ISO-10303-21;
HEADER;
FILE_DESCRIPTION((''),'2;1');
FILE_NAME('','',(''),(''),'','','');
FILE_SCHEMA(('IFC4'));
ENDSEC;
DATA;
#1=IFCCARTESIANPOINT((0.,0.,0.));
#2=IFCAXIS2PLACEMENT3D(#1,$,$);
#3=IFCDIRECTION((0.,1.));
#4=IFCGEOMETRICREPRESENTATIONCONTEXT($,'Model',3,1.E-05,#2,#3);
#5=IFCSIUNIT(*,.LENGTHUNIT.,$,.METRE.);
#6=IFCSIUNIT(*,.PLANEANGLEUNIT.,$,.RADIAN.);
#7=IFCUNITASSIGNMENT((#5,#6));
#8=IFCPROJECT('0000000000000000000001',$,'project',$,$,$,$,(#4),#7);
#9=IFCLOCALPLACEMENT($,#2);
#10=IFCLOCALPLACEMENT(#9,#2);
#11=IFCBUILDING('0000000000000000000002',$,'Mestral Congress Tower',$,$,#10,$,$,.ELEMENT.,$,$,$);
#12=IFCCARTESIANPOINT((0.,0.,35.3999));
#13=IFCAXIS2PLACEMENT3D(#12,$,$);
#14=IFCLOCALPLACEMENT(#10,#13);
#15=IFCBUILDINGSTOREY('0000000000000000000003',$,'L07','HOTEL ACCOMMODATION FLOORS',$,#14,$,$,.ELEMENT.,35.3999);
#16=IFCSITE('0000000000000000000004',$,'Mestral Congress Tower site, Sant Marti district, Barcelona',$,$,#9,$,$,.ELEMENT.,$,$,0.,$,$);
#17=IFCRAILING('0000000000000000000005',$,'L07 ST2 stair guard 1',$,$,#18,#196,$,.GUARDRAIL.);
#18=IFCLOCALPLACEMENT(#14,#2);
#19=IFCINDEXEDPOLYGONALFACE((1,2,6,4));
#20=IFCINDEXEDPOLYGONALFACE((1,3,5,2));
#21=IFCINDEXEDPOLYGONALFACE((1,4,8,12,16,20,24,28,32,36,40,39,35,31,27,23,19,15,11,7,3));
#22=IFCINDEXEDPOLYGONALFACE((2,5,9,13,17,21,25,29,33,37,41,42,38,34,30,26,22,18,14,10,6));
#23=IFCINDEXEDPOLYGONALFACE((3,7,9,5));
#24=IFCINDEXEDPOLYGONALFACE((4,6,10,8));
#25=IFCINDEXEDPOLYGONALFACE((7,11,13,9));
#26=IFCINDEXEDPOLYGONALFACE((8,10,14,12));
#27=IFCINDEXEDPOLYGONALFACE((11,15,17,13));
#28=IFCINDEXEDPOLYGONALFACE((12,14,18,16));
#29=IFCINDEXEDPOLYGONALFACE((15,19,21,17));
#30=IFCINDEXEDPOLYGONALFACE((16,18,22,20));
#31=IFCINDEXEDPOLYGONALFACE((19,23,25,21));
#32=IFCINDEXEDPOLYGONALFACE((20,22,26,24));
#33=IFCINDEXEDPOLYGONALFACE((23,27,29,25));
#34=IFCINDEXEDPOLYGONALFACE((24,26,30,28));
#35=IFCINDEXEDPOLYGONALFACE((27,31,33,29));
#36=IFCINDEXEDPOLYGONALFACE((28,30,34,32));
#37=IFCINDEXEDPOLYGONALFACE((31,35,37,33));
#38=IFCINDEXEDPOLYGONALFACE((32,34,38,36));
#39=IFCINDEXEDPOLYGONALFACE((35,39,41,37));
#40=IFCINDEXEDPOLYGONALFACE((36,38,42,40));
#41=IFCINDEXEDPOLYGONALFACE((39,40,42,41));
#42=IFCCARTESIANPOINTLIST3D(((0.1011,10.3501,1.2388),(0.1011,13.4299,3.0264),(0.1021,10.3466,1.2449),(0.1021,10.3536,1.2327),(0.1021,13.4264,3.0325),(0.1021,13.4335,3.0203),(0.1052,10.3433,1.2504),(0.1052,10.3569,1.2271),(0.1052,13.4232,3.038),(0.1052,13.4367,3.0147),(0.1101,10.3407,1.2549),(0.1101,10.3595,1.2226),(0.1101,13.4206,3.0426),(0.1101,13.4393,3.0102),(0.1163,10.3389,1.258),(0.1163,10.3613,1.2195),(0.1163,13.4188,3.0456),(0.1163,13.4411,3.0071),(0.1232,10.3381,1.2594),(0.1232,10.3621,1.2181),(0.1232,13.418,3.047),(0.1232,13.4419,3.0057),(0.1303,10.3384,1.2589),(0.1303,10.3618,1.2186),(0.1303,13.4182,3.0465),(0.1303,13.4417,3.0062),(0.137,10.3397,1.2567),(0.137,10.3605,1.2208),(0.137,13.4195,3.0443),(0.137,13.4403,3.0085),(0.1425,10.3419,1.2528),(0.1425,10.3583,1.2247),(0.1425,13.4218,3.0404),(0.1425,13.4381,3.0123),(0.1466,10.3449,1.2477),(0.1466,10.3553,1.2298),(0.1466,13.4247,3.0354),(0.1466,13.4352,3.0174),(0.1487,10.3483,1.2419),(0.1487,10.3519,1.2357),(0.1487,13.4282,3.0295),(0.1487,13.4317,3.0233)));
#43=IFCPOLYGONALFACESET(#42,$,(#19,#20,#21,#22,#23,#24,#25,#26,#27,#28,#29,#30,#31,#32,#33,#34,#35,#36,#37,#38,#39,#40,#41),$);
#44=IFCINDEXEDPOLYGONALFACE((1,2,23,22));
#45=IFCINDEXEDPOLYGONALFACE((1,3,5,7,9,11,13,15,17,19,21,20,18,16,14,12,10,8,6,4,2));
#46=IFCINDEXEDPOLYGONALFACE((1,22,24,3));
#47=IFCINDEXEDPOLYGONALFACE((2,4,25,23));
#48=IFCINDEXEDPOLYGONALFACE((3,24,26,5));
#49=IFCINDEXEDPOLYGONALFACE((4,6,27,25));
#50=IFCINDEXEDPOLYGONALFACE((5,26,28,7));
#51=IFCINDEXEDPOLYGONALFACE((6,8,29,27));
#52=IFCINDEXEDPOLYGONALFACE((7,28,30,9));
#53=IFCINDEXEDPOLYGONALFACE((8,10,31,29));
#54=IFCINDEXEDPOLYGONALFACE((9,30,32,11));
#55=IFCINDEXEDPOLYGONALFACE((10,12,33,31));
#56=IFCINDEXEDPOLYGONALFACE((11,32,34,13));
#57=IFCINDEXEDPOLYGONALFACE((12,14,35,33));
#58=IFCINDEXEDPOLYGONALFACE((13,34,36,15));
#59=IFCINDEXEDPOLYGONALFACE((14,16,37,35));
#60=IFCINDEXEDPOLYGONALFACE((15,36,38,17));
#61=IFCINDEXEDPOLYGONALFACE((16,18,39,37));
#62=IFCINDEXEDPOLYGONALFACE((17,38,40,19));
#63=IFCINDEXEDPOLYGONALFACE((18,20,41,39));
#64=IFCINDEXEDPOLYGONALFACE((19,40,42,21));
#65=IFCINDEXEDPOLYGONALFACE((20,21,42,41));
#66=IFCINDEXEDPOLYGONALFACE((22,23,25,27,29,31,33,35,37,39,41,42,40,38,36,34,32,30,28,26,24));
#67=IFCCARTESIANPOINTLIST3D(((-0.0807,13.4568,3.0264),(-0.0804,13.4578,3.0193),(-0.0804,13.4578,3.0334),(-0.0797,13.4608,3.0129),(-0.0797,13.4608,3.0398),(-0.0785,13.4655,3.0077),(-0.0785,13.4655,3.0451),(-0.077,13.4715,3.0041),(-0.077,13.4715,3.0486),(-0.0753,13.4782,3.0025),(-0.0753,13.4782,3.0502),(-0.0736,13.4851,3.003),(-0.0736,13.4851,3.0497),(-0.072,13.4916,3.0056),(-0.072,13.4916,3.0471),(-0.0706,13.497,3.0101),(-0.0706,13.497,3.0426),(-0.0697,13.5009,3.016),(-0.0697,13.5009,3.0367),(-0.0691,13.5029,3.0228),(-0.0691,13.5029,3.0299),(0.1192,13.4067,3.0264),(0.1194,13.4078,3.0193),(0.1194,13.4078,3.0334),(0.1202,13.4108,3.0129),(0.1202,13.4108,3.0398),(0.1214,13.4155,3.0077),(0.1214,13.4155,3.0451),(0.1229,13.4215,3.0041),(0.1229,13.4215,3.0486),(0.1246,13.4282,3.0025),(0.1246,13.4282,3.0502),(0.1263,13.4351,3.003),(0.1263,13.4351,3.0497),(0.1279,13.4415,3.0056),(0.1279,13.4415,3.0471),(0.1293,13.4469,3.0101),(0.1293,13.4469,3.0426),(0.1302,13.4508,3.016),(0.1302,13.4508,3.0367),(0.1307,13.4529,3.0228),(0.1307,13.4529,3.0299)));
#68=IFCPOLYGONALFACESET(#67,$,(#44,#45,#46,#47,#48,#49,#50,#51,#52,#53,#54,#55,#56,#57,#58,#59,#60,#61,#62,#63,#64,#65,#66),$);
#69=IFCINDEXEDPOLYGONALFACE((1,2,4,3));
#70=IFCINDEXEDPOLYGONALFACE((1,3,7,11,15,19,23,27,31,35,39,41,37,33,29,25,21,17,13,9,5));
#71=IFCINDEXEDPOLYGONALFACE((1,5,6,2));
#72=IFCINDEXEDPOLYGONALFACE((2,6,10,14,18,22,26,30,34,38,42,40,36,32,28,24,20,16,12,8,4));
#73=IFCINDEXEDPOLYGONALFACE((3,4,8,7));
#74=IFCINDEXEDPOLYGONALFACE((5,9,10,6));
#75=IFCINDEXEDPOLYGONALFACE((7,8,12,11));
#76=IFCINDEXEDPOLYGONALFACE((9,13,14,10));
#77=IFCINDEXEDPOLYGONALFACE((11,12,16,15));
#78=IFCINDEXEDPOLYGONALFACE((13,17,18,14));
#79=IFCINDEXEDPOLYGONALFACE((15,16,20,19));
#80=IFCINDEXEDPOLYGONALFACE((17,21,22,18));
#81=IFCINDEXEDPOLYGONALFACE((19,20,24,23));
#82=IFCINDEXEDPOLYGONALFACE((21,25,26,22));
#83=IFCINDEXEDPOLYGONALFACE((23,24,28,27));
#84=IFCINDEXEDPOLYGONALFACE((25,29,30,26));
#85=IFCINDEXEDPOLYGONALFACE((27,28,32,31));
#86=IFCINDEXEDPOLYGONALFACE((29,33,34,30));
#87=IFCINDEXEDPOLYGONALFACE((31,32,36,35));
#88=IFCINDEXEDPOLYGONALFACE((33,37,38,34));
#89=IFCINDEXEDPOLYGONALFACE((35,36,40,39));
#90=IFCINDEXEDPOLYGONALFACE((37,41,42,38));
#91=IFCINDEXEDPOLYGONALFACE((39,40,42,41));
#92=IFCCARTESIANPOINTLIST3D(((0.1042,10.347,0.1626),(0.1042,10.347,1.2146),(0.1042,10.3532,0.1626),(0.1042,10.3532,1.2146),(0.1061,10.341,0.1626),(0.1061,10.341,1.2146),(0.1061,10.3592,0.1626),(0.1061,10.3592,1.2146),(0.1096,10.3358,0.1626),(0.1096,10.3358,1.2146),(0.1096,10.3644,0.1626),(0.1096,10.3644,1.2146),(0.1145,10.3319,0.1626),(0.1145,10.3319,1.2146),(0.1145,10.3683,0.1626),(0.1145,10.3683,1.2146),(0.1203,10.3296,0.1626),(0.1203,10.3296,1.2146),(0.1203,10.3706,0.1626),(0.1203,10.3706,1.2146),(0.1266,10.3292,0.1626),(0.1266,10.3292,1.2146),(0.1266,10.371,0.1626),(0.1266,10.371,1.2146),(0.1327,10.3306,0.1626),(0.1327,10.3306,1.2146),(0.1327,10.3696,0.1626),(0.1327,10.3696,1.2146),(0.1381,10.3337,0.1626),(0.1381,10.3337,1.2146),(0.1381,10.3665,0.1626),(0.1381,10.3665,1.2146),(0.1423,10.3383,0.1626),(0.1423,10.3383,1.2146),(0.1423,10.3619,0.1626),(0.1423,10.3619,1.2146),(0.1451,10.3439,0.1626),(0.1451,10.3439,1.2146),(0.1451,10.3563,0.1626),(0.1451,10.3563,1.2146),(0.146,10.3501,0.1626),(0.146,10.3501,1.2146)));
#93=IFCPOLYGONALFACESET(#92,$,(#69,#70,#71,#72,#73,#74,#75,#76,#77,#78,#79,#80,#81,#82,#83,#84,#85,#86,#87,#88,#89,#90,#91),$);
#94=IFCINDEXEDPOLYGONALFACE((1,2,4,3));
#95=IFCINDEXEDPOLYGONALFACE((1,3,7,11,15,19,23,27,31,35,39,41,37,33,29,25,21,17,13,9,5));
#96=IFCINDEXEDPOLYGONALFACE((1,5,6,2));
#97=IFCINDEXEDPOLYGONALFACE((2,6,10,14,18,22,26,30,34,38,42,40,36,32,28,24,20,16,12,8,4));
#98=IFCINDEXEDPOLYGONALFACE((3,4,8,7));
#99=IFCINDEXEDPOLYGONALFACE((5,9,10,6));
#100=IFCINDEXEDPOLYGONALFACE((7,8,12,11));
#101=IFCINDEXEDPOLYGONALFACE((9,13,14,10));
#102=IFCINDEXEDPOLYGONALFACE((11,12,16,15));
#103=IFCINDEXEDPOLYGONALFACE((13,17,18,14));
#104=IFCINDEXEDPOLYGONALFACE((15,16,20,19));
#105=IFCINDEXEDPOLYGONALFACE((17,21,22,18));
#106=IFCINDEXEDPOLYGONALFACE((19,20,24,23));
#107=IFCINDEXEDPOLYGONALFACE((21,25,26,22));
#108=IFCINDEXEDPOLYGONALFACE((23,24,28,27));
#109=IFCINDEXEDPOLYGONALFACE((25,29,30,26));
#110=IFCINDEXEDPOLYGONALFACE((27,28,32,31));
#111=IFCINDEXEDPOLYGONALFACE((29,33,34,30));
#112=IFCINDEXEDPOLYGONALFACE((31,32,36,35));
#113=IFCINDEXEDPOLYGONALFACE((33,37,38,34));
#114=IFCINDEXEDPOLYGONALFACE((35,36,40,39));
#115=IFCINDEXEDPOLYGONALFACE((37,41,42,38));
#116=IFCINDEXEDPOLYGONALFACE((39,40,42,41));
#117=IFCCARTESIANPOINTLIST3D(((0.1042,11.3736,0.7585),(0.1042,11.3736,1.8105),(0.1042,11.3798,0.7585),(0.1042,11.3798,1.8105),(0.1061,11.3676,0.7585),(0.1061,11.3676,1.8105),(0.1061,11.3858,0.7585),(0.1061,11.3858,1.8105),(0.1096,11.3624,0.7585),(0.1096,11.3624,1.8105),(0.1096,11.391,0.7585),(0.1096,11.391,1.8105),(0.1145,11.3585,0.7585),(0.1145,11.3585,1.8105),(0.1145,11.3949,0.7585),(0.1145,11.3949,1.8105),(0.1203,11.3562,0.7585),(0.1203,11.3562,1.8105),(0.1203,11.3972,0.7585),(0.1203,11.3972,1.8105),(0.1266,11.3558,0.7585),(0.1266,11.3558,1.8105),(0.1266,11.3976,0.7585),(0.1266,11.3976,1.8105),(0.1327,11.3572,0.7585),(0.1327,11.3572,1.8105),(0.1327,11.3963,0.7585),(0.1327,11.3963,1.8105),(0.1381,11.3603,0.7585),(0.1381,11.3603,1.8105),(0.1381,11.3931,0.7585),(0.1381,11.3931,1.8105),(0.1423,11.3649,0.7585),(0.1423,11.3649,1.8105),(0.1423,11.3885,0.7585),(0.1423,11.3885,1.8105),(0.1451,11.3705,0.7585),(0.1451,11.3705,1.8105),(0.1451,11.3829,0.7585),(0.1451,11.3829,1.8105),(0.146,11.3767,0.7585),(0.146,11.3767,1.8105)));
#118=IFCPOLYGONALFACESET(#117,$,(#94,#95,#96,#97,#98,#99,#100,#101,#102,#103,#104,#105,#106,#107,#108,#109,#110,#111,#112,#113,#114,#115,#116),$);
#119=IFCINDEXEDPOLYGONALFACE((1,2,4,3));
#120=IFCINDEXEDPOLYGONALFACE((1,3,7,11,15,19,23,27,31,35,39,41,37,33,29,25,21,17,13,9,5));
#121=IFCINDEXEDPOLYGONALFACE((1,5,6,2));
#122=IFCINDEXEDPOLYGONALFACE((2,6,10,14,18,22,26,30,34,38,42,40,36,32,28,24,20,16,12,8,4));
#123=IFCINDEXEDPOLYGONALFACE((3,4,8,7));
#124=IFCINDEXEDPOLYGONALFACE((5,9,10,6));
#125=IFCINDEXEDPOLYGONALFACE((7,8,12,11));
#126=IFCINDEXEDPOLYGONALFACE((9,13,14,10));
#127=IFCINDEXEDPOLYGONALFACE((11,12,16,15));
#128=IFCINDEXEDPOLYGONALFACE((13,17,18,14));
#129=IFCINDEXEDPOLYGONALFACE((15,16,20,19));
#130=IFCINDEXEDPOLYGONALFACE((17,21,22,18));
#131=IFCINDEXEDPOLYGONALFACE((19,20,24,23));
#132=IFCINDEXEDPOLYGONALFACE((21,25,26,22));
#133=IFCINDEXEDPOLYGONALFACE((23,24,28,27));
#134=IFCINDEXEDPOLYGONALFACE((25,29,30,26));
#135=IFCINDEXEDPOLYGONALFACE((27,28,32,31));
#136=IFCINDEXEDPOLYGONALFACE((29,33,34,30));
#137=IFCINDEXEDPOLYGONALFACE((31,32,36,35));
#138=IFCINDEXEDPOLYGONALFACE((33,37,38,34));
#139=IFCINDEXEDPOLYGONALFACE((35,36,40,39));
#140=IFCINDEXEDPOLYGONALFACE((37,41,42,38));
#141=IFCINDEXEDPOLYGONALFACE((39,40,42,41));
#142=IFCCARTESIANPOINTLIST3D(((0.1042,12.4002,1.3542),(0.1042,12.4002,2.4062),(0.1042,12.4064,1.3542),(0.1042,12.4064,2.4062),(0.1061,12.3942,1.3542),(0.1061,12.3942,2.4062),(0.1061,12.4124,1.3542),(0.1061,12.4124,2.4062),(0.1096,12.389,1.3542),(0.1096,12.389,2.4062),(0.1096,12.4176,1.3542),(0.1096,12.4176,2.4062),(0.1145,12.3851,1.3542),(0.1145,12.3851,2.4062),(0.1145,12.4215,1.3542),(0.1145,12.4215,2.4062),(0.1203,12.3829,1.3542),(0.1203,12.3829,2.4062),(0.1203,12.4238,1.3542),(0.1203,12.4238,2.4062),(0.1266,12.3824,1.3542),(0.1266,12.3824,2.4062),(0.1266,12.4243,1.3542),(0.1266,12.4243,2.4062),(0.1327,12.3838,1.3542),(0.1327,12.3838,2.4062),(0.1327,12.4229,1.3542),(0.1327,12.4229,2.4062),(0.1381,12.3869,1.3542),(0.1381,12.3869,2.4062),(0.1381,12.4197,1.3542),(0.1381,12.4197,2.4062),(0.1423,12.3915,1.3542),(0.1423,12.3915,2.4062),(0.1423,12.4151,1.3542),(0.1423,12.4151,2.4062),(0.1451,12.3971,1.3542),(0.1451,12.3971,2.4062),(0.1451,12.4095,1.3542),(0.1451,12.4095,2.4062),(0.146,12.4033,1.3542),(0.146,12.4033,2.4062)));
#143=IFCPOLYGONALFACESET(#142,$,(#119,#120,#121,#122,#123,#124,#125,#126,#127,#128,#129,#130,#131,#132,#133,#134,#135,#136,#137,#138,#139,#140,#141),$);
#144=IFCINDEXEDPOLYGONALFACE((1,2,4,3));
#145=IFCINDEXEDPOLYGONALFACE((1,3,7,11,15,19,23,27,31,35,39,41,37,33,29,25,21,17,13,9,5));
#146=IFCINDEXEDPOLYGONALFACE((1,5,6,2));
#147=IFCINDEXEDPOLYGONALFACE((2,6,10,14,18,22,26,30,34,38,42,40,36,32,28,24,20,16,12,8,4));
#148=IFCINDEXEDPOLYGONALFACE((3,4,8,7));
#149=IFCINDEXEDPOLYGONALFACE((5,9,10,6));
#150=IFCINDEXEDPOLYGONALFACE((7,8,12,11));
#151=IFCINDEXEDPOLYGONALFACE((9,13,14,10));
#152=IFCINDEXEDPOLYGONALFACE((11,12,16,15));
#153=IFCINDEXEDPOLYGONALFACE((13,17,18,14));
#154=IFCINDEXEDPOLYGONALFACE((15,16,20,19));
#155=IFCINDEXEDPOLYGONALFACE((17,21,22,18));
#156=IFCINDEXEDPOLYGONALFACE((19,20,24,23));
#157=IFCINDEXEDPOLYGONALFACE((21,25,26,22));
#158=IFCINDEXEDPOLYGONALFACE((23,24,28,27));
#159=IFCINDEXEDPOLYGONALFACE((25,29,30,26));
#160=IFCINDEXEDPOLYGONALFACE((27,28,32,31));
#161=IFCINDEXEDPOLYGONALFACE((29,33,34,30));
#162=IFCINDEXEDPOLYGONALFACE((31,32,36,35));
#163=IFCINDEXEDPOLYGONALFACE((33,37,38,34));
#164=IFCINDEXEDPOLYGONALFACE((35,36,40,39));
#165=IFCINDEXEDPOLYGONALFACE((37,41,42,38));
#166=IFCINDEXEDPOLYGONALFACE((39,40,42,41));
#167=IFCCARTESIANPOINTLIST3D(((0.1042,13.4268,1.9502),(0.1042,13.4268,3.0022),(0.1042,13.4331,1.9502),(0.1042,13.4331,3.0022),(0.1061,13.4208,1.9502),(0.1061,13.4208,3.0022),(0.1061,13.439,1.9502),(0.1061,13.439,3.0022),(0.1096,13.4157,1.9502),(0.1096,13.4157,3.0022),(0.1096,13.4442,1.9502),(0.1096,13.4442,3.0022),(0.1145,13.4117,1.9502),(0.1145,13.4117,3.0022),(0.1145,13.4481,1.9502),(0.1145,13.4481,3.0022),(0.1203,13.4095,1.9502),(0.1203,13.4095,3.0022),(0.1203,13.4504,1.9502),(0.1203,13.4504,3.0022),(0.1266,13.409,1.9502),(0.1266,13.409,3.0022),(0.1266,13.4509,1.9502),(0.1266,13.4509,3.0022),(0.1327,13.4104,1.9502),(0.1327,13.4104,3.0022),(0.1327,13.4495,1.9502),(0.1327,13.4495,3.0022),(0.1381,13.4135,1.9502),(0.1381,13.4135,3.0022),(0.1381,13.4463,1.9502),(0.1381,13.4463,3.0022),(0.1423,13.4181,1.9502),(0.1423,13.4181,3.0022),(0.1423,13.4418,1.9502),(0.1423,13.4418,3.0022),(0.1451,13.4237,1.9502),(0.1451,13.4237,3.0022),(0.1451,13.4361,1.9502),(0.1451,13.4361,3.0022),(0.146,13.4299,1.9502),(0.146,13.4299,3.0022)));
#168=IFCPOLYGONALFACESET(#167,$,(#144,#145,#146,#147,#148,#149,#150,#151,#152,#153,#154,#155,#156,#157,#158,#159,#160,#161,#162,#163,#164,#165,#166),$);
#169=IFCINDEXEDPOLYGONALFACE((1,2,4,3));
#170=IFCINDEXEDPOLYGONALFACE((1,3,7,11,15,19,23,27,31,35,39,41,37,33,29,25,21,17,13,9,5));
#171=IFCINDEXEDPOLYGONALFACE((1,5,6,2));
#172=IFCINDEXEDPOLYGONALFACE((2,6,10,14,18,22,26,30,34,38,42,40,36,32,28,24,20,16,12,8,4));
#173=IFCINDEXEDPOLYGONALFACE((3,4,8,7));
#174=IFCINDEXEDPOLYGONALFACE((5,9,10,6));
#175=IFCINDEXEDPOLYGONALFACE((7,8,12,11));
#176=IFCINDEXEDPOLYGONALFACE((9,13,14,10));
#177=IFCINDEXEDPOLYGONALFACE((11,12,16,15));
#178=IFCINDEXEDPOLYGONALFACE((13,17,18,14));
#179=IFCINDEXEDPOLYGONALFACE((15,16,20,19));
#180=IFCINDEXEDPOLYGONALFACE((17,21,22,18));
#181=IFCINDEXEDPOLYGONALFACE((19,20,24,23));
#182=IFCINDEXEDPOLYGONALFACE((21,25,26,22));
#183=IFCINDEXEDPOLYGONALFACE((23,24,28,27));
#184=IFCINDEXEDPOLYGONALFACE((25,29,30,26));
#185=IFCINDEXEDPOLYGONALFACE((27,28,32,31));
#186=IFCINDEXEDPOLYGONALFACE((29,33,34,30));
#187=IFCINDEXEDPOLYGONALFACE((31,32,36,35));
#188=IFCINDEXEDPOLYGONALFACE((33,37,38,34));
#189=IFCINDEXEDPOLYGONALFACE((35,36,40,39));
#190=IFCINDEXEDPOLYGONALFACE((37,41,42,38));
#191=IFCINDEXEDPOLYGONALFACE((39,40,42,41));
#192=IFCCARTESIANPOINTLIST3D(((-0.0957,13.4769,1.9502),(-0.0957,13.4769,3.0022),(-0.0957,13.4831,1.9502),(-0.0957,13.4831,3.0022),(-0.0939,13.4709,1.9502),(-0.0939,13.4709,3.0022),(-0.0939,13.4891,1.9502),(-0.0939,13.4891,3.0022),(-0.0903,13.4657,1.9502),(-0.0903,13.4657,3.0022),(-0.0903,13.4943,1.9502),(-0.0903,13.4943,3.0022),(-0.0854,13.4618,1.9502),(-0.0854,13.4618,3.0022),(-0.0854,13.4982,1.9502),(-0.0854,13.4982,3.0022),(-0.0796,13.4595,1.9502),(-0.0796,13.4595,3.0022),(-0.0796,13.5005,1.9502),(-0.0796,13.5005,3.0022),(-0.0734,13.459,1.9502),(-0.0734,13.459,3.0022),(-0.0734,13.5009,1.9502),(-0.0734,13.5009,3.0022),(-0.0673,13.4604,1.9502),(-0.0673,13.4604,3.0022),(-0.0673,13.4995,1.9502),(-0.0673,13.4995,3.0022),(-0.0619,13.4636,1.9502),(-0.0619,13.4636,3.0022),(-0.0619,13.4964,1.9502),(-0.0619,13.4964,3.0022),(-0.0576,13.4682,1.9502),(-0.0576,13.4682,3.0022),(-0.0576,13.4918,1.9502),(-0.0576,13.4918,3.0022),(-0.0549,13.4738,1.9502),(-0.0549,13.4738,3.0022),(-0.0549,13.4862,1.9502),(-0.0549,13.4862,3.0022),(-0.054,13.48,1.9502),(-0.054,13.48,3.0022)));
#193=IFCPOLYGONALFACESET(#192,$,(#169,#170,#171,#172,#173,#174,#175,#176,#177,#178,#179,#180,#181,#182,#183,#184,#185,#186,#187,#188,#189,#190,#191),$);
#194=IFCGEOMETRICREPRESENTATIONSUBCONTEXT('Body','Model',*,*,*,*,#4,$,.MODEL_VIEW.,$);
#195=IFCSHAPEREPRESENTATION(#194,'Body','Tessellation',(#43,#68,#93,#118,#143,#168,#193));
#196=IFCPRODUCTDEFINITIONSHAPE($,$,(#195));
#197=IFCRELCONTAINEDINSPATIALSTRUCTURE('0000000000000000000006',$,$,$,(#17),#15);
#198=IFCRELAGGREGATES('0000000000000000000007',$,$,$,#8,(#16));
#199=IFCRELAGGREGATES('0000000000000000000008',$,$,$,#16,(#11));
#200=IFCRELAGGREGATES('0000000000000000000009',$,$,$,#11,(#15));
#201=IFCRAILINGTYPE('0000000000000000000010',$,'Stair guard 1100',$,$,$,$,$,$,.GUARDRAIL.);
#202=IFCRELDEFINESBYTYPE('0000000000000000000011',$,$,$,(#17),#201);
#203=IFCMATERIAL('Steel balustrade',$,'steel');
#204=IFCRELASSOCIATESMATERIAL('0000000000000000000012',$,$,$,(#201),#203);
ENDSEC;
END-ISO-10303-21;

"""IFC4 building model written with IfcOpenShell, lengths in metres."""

from ifc_helpers import new_model, si_unit, direction, frame, origin, origin_2d, place, context, subcontext, project, spatial, circle, extrude, material, type_object, element, save


model = new_model("IFC4")

# Units and contexts
model_context = context("Model", 3, precision=1e-05, world=origin(), true_north=direction((0.0, 1.0)))
body_context = subcontext(model_context, "Body", "Model", "MODEL_VIEW")
ifc_project = project(units=[si_unit("LENGTHUNIT", "METRE"), si_unit("PLANEANGLEUNIT", "RADIAN")], contexts=[model_context])

# Site, building, storey
site_placement = place(None, origin())
site = spatial("IfcSite", under=ifc_project, at=site_placement, Name="Mestral Congress Tower site, Sant Marti district, Barcelona", CompositionType="ELEMENT", RefElevation=0.0)
building_placement = place(site_placement, origin())
building = spatial("IfcBuilding", under=site, at=building_placement, Name="Mestral Congress Tower", CompositionType="ELEMENT")
storey_placement = place(building_placement, frame((0.0, 0.0, 35.3999)))
storey = spatial("IfcBuildingStorey", under=building, at=storey_placement, Name="L07", Description="HOTEL ACCOMMODATION FLOORS", CompositionType="ELEMENT", Elevation=35.3999)

# Railing
ifc_material_1 = material(Name="Steel balustrade", Category="steel")
railing_type_1 = type_object("IfcRailingType", Name="Stair guard 1100", PredefinedType="GUARDRAIL", material=ifc_material_1)
railing_1_placement = place(storey_placement, frame((0.125, 10.3501, 0.1626)))
element("IfcRailing", 1, at=railing_1_placement, inside=storey, type_object=railing_type_1, Name="L07 ST2 stair guard 1", PredefinedType="GUARDRAIL", context=body_context, shape_type="SweptSolid", body=[
    extrude(circle(Radius=0.0239, at=origin_2d()), frame((0.0, 0.0, 1.0762), z_axis=(0.0, 0.864873, 0.50199), x_axis=(-1.0, 0.0, 0.0)), (0.0, 0.0, 1.0), 3.561),
    extrude(circle(Radius=0.0239, at=origin_2d()), frame((0.0, 3.0798, 2.8638), z_axis=(-0.970073, 0.242814, 0.0), x_axis=(-0.242814, -0.970073, 0.0)), (0.0, 0.0, 1.0), 0.2061),
    extrude(circle(Radius=0.021, at=origin_2d()), origin(), (0.0, 0.0, 1.0), 1.052),
    extrude(circle(Radius=0.021, at=origin_2d()), frame((0.0, 1.0266, 0.5959)), (0.0, 0.0, 1.0), 1.052),
    extrude(circle(Radius=0.021, at=origin_2d()), frame((0.0, 2.0532, 1.1917)), (0.0, 0.0, 1.0), 1.052),
    extrude(circle(Radius=0.021, at=origin_2d()), frame((0.0, 3.0798, 1.7876)), (0.0, 0.0, 1.0), 1.052),
    extrude(circle(Radius=0.021, at=origin_2d()), frame((-0.2, 3.1299, 1.7876)), (0.0, 0.0, 1.0), 1.052),
])

save(model, "model.ifc")
